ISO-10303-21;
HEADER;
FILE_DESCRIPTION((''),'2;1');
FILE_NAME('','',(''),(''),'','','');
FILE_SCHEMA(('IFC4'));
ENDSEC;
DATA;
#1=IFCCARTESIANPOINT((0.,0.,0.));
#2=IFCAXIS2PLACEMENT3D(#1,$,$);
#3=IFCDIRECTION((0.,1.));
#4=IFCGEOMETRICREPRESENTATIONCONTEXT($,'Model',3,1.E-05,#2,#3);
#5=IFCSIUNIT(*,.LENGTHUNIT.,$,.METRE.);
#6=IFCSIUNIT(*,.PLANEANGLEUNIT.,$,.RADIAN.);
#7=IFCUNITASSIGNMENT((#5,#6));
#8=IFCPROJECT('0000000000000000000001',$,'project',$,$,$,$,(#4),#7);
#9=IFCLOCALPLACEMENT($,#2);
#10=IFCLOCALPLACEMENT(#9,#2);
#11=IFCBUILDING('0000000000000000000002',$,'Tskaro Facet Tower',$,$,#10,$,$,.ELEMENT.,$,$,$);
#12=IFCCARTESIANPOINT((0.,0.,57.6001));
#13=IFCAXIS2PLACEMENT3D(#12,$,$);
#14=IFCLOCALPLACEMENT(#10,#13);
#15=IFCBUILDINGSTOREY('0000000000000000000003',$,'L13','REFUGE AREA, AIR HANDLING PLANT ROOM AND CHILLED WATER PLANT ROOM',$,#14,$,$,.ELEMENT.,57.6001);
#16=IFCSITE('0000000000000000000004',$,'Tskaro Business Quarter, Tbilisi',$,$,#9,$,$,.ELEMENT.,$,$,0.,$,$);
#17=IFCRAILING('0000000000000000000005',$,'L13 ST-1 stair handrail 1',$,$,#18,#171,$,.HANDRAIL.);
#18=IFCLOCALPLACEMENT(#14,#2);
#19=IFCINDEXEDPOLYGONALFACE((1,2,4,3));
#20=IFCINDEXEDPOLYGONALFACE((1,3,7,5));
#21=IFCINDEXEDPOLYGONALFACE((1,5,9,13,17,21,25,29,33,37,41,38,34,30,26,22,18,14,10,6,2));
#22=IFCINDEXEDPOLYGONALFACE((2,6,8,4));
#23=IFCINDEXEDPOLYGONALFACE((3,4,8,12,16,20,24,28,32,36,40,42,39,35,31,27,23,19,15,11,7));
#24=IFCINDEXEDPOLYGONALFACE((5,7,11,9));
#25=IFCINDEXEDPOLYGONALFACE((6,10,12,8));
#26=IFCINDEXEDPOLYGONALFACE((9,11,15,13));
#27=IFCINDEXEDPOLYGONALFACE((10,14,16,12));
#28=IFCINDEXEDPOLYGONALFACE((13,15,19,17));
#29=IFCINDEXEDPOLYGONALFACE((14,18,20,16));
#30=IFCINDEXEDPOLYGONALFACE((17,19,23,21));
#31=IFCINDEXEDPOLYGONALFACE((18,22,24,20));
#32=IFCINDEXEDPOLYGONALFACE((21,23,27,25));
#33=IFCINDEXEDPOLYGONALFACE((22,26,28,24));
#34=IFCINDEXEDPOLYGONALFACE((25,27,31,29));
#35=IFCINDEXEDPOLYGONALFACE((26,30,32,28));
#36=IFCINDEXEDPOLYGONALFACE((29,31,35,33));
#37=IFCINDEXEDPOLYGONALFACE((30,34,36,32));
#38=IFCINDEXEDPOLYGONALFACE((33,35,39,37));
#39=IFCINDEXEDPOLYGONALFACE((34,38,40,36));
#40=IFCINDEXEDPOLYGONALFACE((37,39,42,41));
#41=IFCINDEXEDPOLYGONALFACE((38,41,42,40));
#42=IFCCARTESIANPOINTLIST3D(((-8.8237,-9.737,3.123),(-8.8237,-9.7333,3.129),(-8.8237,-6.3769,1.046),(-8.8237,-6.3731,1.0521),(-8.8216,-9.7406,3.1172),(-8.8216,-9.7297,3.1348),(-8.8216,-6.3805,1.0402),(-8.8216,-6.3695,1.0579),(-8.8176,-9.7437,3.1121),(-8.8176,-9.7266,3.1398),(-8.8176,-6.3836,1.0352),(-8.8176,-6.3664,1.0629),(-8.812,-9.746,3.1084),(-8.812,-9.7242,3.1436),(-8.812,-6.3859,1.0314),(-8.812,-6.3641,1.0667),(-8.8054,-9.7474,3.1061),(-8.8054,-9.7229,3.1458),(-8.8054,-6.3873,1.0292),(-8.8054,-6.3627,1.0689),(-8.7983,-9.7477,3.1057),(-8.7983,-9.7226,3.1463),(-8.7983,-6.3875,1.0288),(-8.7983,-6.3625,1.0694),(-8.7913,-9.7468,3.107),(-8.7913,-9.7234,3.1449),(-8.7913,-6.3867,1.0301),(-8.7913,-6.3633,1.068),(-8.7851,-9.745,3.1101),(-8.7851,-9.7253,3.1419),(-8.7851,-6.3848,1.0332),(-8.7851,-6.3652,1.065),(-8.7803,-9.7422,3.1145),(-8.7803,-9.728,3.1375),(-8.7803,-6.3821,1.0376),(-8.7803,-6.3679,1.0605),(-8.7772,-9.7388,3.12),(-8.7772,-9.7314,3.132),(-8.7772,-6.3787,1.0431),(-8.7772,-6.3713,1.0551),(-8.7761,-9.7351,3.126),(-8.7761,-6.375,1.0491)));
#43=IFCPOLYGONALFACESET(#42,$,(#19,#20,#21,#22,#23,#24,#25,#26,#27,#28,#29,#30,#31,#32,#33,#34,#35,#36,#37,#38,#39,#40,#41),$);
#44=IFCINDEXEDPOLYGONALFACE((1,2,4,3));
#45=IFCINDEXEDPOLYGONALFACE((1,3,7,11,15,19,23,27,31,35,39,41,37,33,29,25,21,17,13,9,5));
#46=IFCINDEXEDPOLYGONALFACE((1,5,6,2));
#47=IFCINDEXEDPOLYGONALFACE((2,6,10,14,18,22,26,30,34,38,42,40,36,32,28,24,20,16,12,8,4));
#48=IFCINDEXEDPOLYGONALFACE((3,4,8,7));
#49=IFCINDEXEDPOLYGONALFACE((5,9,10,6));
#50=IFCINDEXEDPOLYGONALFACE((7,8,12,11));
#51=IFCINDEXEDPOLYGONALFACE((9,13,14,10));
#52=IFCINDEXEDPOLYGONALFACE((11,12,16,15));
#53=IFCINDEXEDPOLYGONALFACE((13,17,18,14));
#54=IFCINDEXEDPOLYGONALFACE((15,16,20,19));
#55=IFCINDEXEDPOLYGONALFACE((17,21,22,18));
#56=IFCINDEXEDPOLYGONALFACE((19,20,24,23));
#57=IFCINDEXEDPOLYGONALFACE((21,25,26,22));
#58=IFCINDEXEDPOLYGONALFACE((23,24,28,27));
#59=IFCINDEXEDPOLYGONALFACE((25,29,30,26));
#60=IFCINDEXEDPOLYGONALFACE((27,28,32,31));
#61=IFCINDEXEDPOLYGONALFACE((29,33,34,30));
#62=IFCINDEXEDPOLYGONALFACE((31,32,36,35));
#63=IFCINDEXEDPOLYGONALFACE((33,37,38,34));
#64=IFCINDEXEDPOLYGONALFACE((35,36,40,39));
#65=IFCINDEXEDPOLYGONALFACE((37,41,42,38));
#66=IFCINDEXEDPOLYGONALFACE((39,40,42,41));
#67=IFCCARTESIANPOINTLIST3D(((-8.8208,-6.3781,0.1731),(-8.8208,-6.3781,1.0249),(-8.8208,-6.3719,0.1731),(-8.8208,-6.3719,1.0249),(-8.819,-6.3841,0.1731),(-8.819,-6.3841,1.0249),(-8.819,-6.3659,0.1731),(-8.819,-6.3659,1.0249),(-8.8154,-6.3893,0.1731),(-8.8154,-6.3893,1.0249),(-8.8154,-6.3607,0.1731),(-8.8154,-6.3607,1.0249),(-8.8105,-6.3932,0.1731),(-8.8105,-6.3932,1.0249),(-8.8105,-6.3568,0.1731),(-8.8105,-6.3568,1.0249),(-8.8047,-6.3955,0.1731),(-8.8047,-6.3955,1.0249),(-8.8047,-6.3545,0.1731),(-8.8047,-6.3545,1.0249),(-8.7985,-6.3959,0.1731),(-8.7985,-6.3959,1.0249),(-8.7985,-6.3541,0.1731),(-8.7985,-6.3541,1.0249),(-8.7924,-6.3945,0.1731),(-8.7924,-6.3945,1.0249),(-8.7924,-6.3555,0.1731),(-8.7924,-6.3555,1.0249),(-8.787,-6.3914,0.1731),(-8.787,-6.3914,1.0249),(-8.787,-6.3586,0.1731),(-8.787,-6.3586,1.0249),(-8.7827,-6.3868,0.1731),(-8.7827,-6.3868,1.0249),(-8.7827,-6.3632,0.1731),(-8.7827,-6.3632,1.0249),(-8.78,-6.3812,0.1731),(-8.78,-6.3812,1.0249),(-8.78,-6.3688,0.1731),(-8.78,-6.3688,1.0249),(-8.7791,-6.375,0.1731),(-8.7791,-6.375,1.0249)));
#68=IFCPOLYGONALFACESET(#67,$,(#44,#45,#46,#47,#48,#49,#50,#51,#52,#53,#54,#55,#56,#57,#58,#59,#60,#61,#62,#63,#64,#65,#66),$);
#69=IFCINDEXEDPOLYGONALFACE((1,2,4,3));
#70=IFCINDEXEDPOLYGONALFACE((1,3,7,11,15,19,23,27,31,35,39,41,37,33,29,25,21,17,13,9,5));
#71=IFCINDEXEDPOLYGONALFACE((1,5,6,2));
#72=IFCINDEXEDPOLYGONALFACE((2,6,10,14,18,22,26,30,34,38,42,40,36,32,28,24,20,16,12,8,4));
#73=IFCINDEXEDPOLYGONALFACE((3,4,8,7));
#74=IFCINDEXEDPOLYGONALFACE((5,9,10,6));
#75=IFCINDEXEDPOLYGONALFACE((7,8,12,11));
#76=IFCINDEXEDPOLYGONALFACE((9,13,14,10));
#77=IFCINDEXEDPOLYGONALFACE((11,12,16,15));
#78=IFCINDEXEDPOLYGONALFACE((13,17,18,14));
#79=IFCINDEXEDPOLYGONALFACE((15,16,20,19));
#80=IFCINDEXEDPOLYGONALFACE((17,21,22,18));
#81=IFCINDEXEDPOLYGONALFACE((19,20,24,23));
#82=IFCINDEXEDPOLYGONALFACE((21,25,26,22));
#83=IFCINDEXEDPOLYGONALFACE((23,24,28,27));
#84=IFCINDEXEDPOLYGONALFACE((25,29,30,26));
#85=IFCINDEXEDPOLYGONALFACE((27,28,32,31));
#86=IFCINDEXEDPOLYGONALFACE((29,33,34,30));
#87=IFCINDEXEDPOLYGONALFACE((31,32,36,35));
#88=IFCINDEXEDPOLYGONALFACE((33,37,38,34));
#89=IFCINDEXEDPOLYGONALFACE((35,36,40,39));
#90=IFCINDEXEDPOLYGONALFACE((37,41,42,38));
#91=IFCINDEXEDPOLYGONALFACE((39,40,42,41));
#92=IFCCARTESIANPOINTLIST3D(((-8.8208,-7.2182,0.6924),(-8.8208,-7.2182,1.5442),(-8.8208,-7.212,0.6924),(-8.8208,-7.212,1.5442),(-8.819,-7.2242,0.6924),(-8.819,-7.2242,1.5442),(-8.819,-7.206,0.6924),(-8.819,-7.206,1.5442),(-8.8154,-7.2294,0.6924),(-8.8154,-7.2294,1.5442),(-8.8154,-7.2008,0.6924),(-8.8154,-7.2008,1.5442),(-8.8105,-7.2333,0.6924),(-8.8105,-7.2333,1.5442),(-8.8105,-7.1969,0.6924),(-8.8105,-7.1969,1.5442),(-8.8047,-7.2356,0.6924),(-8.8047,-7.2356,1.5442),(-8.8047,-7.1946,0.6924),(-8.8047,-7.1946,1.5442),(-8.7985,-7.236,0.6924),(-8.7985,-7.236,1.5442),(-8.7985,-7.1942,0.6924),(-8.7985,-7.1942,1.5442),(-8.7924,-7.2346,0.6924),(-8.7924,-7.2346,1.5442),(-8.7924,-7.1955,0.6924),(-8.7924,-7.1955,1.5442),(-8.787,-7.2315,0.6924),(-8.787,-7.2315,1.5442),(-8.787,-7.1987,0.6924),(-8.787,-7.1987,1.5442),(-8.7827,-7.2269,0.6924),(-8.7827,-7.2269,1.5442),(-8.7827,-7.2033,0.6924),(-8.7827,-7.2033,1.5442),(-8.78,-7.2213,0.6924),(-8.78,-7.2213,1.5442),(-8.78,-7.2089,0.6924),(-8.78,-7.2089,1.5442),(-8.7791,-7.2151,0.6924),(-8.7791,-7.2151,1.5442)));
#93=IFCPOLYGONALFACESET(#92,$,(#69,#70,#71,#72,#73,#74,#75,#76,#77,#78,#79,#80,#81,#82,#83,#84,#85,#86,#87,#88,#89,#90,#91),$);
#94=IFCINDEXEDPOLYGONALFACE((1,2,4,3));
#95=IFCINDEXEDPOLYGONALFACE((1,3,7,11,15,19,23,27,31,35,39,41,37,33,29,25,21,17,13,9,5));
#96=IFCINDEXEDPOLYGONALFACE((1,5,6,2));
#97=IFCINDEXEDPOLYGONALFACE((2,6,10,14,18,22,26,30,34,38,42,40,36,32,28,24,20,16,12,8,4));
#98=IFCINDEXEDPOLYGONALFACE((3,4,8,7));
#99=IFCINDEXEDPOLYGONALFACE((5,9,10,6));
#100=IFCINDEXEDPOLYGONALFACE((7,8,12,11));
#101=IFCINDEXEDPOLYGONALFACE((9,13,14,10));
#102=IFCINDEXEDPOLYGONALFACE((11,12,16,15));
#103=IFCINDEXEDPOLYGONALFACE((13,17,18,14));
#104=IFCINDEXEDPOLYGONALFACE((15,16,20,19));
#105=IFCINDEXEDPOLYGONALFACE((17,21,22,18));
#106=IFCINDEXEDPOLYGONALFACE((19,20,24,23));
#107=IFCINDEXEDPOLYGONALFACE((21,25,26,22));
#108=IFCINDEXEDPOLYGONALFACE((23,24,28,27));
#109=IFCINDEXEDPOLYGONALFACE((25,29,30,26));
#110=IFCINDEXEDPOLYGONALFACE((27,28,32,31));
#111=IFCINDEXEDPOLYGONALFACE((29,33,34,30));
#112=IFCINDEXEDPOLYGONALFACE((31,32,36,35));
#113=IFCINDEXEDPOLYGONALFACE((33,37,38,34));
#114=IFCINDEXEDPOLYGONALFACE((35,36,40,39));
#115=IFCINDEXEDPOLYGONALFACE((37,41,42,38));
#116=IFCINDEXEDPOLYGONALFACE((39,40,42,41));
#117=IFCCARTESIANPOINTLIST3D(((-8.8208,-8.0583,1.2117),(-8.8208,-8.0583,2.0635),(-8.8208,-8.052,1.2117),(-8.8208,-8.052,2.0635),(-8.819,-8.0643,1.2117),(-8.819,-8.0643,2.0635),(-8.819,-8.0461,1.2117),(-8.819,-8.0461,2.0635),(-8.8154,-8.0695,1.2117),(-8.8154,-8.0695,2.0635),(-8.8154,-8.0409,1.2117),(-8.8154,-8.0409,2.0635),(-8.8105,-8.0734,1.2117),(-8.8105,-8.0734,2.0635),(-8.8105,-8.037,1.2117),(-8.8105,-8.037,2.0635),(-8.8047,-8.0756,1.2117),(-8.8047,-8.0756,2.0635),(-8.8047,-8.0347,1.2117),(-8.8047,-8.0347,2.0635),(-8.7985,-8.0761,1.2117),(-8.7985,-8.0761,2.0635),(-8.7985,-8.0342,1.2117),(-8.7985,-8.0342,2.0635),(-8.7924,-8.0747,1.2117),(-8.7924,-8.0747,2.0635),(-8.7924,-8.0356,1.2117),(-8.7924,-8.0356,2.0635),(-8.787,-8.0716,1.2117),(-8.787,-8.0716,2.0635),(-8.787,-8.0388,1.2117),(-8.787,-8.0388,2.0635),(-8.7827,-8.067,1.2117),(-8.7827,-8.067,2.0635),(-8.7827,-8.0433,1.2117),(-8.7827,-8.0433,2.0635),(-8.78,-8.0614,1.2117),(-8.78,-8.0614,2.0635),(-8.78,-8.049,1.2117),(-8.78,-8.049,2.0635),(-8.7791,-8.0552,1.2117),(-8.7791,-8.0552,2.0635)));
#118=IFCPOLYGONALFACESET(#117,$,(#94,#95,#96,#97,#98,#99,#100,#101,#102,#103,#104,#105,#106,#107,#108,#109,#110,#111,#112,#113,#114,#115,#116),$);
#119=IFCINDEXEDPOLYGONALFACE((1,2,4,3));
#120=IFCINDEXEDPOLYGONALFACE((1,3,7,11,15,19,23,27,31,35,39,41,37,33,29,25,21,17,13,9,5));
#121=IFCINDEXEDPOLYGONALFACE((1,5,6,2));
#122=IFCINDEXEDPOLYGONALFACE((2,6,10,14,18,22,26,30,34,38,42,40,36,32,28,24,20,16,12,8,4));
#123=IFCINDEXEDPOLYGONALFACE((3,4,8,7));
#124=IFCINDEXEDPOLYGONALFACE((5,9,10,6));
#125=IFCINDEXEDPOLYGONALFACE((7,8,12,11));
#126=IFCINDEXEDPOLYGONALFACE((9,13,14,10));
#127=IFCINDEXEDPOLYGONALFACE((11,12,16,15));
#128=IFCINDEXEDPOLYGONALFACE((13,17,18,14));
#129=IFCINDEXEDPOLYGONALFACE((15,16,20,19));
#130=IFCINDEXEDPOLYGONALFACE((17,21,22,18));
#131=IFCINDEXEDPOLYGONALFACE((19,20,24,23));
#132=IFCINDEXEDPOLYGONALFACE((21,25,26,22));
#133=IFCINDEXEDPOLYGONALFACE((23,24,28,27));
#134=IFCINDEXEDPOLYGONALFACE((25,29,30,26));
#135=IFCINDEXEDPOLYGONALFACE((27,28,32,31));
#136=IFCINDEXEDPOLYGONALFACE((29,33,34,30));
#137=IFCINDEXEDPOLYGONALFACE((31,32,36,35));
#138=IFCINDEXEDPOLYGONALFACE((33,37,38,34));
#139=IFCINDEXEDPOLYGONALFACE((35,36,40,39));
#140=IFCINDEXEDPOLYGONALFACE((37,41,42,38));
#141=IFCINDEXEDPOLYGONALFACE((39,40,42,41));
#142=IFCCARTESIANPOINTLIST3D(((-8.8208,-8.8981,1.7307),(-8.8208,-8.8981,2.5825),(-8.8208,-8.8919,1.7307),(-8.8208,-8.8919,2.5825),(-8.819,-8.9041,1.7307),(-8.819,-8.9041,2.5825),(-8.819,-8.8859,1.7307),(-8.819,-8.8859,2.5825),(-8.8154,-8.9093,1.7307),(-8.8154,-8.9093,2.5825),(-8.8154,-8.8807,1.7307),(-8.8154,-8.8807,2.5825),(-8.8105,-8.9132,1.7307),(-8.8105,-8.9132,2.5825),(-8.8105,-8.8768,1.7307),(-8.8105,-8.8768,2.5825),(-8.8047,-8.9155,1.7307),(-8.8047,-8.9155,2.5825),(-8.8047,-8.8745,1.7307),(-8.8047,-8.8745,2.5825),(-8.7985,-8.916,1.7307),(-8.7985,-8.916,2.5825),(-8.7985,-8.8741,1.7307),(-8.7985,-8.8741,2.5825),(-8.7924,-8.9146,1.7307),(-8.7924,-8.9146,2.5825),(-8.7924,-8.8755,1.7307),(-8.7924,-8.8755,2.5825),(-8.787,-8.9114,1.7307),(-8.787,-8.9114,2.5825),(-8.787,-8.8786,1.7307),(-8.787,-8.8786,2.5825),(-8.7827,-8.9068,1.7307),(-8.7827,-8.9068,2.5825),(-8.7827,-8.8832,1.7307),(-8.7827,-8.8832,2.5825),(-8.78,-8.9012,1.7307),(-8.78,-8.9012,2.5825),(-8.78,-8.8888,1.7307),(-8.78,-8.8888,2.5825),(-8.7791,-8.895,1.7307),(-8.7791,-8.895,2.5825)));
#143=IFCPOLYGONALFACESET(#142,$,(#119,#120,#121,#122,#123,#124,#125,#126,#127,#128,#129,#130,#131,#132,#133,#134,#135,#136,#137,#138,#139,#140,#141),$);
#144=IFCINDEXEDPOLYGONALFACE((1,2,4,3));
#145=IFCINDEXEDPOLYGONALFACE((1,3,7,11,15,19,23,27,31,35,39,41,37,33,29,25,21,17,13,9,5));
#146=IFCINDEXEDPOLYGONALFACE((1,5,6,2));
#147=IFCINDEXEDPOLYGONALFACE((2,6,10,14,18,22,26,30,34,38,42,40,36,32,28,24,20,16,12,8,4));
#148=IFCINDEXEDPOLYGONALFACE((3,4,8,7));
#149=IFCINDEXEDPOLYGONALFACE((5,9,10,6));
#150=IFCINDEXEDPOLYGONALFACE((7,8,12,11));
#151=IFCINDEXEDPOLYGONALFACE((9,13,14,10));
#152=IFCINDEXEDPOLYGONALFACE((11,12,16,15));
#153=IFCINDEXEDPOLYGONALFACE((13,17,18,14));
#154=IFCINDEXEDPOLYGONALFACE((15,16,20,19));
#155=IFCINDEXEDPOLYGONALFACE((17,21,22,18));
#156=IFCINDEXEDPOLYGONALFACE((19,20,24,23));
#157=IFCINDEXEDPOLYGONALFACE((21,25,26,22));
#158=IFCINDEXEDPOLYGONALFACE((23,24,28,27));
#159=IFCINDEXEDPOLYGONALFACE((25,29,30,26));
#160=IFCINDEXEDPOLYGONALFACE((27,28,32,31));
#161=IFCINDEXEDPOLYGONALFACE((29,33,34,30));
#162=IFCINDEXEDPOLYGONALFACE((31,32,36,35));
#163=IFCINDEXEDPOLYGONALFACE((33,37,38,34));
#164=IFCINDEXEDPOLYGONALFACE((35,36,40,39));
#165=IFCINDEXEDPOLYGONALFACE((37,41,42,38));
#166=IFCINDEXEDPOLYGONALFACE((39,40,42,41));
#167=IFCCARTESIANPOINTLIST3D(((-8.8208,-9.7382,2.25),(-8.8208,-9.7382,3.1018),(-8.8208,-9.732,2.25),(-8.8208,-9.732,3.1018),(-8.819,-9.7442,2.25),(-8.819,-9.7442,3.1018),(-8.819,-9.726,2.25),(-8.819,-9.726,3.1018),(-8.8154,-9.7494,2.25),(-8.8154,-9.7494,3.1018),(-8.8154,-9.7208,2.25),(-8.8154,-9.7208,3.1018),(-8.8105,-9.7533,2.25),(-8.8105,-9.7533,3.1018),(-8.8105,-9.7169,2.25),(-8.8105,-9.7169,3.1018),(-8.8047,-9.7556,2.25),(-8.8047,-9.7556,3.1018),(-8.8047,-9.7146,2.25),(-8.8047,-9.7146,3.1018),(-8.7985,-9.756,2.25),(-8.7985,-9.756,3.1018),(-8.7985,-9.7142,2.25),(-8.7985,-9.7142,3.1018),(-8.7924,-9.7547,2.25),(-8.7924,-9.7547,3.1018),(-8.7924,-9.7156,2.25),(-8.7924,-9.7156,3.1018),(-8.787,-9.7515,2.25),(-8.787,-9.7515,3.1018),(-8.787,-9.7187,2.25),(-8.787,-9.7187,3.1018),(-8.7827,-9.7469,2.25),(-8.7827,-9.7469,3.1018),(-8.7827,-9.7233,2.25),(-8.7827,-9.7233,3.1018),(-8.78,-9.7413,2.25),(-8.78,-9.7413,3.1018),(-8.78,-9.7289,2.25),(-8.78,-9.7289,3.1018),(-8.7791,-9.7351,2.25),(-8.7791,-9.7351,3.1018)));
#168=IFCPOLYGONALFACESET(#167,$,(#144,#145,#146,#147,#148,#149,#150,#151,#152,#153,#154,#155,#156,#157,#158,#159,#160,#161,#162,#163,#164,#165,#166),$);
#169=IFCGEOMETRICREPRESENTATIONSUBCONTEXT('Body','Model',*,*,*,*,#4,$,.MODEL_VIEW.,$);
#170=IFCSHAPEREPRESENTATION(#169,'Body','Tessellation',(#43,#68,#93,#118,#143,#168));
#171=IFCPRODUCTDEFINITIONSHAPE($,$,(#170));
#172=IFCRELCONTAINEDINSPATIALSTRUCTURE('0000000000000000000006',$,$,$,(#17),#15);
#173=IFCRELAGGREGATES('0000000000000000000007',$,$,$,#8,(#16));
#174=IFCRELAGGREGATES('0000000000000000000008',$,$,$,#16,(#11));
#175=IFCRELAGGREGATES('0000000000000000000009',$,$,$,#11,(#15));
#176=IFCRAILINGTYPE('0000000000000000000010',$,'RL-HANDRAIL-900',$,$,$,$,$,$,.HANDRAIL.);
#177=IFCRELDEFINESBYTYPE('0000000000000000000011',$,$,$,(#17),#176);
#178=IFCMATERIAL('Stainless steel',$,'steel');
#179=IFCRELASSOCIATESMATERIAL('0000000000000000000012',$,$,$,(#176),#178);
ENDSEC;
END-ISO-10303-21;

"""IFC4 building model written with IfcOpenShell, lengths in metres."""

from ifc_helpers import new_model, si_unit, direction, frame, origin, origin_2d, place, context, subcontext, project, spatial, circle, extrude, material, type_object, element, save


model = new_model("IFC4")

# Units and contexts
model_context = context("Model", 3, precision=1e-05, world=origin(), true_north=direction((0.0, 1.0)))
body_context = subcontext(model_context, "Body", "Model", "MODEL_VIEW")
ifc_project = project(units=[si_unit("LENGTHUNIT", "METRE"), si_unit("PLANEANGLEUNIT", "RADIAN")], contexts=[model_context])

# Site, building, storey
site_placement = place(None, origin())
site = spatial("IfcSite", under=ifc_project, at=site_placement, Name="Tskaro Business Quarter, Tbilisi", CompositionType="ELEMENT", RefElevation=0.0)
building_placement = place(site_placement, origin())
building = spatial("IfcBuilding", under=site, at=building_placement, Name="Tskaro Facet Tower", CompositionType="ELEMENT")
storey_placement = place(building_placement, frame((0.0, 0.0, 57.6001)))
storey = spatial("IfcBuildingStorey", under=building, at=storey_placement, Name="L13", Description="REFUGE AREA, AIR HANDLING PLANT ROOM AND CHILLED WATER PLANT ROOM", CompositionType="ELEMENT", Elevation=57.6001)

# Shared definitions
ifc_material_1 = material(Name="Stainless steel", Category="steel")

# Railing
railing_type_1 = type_object("IfcRailingType", Name="RL-HANDRAIL-900", PredefinedType="HANDRAIL", material=ifc_material_1)
railing_1_placement = place(storey_placement, frame((-8.8, -6.375, 0.1731)))
element("IfcRailing", 1, at=railing_1_placement, inside=storey, type_object=railing_type_1, Name="L13 ST-1 stair handrail 1", PredefinedType="HANDRAIL", context=body_context, shape_type="SweptSolid", body=[
    extrude(circle(Radius=0.0239, at=origin_2d()), frame((0.0, 0.0, 0.876), z_axis=(0.0, -0.850623, 0.525776), x_axis=(1.0, 0.0, 0.0)), (0.0, 0.0, 1.0), 3.9502),
    extrude(circle(Radius=0.021, at=origin_2d()), origin(), (0.0, 0.0, 1.0), 0.8518),
    extrude(circle(Radius=0.021, at=origin_2d()), frame((0.0, -0.8401, 0.5193)), (0.0, 0.0, 1.0), 0.8518),
    extrude(circle(Radius=0.021, at=origin_2d()), frame((0.0, -1.6802, 1.0386)), (0.0, 0.0, 1.0), 0.8518),
    extrude(circle(Radius=0.021, at=origin_2d()), frame((0.0, -2.52, 1.5576)), (0.0, 0.0, 1.0), 0.8518),
    extrude(circle(Radius=0.021, at=origin_2d()), frame((0.0, -3.3601, 2.0769)), (0.0, 0.0, 1.0), 0.8518),
])

save(model, "model.ifc")
